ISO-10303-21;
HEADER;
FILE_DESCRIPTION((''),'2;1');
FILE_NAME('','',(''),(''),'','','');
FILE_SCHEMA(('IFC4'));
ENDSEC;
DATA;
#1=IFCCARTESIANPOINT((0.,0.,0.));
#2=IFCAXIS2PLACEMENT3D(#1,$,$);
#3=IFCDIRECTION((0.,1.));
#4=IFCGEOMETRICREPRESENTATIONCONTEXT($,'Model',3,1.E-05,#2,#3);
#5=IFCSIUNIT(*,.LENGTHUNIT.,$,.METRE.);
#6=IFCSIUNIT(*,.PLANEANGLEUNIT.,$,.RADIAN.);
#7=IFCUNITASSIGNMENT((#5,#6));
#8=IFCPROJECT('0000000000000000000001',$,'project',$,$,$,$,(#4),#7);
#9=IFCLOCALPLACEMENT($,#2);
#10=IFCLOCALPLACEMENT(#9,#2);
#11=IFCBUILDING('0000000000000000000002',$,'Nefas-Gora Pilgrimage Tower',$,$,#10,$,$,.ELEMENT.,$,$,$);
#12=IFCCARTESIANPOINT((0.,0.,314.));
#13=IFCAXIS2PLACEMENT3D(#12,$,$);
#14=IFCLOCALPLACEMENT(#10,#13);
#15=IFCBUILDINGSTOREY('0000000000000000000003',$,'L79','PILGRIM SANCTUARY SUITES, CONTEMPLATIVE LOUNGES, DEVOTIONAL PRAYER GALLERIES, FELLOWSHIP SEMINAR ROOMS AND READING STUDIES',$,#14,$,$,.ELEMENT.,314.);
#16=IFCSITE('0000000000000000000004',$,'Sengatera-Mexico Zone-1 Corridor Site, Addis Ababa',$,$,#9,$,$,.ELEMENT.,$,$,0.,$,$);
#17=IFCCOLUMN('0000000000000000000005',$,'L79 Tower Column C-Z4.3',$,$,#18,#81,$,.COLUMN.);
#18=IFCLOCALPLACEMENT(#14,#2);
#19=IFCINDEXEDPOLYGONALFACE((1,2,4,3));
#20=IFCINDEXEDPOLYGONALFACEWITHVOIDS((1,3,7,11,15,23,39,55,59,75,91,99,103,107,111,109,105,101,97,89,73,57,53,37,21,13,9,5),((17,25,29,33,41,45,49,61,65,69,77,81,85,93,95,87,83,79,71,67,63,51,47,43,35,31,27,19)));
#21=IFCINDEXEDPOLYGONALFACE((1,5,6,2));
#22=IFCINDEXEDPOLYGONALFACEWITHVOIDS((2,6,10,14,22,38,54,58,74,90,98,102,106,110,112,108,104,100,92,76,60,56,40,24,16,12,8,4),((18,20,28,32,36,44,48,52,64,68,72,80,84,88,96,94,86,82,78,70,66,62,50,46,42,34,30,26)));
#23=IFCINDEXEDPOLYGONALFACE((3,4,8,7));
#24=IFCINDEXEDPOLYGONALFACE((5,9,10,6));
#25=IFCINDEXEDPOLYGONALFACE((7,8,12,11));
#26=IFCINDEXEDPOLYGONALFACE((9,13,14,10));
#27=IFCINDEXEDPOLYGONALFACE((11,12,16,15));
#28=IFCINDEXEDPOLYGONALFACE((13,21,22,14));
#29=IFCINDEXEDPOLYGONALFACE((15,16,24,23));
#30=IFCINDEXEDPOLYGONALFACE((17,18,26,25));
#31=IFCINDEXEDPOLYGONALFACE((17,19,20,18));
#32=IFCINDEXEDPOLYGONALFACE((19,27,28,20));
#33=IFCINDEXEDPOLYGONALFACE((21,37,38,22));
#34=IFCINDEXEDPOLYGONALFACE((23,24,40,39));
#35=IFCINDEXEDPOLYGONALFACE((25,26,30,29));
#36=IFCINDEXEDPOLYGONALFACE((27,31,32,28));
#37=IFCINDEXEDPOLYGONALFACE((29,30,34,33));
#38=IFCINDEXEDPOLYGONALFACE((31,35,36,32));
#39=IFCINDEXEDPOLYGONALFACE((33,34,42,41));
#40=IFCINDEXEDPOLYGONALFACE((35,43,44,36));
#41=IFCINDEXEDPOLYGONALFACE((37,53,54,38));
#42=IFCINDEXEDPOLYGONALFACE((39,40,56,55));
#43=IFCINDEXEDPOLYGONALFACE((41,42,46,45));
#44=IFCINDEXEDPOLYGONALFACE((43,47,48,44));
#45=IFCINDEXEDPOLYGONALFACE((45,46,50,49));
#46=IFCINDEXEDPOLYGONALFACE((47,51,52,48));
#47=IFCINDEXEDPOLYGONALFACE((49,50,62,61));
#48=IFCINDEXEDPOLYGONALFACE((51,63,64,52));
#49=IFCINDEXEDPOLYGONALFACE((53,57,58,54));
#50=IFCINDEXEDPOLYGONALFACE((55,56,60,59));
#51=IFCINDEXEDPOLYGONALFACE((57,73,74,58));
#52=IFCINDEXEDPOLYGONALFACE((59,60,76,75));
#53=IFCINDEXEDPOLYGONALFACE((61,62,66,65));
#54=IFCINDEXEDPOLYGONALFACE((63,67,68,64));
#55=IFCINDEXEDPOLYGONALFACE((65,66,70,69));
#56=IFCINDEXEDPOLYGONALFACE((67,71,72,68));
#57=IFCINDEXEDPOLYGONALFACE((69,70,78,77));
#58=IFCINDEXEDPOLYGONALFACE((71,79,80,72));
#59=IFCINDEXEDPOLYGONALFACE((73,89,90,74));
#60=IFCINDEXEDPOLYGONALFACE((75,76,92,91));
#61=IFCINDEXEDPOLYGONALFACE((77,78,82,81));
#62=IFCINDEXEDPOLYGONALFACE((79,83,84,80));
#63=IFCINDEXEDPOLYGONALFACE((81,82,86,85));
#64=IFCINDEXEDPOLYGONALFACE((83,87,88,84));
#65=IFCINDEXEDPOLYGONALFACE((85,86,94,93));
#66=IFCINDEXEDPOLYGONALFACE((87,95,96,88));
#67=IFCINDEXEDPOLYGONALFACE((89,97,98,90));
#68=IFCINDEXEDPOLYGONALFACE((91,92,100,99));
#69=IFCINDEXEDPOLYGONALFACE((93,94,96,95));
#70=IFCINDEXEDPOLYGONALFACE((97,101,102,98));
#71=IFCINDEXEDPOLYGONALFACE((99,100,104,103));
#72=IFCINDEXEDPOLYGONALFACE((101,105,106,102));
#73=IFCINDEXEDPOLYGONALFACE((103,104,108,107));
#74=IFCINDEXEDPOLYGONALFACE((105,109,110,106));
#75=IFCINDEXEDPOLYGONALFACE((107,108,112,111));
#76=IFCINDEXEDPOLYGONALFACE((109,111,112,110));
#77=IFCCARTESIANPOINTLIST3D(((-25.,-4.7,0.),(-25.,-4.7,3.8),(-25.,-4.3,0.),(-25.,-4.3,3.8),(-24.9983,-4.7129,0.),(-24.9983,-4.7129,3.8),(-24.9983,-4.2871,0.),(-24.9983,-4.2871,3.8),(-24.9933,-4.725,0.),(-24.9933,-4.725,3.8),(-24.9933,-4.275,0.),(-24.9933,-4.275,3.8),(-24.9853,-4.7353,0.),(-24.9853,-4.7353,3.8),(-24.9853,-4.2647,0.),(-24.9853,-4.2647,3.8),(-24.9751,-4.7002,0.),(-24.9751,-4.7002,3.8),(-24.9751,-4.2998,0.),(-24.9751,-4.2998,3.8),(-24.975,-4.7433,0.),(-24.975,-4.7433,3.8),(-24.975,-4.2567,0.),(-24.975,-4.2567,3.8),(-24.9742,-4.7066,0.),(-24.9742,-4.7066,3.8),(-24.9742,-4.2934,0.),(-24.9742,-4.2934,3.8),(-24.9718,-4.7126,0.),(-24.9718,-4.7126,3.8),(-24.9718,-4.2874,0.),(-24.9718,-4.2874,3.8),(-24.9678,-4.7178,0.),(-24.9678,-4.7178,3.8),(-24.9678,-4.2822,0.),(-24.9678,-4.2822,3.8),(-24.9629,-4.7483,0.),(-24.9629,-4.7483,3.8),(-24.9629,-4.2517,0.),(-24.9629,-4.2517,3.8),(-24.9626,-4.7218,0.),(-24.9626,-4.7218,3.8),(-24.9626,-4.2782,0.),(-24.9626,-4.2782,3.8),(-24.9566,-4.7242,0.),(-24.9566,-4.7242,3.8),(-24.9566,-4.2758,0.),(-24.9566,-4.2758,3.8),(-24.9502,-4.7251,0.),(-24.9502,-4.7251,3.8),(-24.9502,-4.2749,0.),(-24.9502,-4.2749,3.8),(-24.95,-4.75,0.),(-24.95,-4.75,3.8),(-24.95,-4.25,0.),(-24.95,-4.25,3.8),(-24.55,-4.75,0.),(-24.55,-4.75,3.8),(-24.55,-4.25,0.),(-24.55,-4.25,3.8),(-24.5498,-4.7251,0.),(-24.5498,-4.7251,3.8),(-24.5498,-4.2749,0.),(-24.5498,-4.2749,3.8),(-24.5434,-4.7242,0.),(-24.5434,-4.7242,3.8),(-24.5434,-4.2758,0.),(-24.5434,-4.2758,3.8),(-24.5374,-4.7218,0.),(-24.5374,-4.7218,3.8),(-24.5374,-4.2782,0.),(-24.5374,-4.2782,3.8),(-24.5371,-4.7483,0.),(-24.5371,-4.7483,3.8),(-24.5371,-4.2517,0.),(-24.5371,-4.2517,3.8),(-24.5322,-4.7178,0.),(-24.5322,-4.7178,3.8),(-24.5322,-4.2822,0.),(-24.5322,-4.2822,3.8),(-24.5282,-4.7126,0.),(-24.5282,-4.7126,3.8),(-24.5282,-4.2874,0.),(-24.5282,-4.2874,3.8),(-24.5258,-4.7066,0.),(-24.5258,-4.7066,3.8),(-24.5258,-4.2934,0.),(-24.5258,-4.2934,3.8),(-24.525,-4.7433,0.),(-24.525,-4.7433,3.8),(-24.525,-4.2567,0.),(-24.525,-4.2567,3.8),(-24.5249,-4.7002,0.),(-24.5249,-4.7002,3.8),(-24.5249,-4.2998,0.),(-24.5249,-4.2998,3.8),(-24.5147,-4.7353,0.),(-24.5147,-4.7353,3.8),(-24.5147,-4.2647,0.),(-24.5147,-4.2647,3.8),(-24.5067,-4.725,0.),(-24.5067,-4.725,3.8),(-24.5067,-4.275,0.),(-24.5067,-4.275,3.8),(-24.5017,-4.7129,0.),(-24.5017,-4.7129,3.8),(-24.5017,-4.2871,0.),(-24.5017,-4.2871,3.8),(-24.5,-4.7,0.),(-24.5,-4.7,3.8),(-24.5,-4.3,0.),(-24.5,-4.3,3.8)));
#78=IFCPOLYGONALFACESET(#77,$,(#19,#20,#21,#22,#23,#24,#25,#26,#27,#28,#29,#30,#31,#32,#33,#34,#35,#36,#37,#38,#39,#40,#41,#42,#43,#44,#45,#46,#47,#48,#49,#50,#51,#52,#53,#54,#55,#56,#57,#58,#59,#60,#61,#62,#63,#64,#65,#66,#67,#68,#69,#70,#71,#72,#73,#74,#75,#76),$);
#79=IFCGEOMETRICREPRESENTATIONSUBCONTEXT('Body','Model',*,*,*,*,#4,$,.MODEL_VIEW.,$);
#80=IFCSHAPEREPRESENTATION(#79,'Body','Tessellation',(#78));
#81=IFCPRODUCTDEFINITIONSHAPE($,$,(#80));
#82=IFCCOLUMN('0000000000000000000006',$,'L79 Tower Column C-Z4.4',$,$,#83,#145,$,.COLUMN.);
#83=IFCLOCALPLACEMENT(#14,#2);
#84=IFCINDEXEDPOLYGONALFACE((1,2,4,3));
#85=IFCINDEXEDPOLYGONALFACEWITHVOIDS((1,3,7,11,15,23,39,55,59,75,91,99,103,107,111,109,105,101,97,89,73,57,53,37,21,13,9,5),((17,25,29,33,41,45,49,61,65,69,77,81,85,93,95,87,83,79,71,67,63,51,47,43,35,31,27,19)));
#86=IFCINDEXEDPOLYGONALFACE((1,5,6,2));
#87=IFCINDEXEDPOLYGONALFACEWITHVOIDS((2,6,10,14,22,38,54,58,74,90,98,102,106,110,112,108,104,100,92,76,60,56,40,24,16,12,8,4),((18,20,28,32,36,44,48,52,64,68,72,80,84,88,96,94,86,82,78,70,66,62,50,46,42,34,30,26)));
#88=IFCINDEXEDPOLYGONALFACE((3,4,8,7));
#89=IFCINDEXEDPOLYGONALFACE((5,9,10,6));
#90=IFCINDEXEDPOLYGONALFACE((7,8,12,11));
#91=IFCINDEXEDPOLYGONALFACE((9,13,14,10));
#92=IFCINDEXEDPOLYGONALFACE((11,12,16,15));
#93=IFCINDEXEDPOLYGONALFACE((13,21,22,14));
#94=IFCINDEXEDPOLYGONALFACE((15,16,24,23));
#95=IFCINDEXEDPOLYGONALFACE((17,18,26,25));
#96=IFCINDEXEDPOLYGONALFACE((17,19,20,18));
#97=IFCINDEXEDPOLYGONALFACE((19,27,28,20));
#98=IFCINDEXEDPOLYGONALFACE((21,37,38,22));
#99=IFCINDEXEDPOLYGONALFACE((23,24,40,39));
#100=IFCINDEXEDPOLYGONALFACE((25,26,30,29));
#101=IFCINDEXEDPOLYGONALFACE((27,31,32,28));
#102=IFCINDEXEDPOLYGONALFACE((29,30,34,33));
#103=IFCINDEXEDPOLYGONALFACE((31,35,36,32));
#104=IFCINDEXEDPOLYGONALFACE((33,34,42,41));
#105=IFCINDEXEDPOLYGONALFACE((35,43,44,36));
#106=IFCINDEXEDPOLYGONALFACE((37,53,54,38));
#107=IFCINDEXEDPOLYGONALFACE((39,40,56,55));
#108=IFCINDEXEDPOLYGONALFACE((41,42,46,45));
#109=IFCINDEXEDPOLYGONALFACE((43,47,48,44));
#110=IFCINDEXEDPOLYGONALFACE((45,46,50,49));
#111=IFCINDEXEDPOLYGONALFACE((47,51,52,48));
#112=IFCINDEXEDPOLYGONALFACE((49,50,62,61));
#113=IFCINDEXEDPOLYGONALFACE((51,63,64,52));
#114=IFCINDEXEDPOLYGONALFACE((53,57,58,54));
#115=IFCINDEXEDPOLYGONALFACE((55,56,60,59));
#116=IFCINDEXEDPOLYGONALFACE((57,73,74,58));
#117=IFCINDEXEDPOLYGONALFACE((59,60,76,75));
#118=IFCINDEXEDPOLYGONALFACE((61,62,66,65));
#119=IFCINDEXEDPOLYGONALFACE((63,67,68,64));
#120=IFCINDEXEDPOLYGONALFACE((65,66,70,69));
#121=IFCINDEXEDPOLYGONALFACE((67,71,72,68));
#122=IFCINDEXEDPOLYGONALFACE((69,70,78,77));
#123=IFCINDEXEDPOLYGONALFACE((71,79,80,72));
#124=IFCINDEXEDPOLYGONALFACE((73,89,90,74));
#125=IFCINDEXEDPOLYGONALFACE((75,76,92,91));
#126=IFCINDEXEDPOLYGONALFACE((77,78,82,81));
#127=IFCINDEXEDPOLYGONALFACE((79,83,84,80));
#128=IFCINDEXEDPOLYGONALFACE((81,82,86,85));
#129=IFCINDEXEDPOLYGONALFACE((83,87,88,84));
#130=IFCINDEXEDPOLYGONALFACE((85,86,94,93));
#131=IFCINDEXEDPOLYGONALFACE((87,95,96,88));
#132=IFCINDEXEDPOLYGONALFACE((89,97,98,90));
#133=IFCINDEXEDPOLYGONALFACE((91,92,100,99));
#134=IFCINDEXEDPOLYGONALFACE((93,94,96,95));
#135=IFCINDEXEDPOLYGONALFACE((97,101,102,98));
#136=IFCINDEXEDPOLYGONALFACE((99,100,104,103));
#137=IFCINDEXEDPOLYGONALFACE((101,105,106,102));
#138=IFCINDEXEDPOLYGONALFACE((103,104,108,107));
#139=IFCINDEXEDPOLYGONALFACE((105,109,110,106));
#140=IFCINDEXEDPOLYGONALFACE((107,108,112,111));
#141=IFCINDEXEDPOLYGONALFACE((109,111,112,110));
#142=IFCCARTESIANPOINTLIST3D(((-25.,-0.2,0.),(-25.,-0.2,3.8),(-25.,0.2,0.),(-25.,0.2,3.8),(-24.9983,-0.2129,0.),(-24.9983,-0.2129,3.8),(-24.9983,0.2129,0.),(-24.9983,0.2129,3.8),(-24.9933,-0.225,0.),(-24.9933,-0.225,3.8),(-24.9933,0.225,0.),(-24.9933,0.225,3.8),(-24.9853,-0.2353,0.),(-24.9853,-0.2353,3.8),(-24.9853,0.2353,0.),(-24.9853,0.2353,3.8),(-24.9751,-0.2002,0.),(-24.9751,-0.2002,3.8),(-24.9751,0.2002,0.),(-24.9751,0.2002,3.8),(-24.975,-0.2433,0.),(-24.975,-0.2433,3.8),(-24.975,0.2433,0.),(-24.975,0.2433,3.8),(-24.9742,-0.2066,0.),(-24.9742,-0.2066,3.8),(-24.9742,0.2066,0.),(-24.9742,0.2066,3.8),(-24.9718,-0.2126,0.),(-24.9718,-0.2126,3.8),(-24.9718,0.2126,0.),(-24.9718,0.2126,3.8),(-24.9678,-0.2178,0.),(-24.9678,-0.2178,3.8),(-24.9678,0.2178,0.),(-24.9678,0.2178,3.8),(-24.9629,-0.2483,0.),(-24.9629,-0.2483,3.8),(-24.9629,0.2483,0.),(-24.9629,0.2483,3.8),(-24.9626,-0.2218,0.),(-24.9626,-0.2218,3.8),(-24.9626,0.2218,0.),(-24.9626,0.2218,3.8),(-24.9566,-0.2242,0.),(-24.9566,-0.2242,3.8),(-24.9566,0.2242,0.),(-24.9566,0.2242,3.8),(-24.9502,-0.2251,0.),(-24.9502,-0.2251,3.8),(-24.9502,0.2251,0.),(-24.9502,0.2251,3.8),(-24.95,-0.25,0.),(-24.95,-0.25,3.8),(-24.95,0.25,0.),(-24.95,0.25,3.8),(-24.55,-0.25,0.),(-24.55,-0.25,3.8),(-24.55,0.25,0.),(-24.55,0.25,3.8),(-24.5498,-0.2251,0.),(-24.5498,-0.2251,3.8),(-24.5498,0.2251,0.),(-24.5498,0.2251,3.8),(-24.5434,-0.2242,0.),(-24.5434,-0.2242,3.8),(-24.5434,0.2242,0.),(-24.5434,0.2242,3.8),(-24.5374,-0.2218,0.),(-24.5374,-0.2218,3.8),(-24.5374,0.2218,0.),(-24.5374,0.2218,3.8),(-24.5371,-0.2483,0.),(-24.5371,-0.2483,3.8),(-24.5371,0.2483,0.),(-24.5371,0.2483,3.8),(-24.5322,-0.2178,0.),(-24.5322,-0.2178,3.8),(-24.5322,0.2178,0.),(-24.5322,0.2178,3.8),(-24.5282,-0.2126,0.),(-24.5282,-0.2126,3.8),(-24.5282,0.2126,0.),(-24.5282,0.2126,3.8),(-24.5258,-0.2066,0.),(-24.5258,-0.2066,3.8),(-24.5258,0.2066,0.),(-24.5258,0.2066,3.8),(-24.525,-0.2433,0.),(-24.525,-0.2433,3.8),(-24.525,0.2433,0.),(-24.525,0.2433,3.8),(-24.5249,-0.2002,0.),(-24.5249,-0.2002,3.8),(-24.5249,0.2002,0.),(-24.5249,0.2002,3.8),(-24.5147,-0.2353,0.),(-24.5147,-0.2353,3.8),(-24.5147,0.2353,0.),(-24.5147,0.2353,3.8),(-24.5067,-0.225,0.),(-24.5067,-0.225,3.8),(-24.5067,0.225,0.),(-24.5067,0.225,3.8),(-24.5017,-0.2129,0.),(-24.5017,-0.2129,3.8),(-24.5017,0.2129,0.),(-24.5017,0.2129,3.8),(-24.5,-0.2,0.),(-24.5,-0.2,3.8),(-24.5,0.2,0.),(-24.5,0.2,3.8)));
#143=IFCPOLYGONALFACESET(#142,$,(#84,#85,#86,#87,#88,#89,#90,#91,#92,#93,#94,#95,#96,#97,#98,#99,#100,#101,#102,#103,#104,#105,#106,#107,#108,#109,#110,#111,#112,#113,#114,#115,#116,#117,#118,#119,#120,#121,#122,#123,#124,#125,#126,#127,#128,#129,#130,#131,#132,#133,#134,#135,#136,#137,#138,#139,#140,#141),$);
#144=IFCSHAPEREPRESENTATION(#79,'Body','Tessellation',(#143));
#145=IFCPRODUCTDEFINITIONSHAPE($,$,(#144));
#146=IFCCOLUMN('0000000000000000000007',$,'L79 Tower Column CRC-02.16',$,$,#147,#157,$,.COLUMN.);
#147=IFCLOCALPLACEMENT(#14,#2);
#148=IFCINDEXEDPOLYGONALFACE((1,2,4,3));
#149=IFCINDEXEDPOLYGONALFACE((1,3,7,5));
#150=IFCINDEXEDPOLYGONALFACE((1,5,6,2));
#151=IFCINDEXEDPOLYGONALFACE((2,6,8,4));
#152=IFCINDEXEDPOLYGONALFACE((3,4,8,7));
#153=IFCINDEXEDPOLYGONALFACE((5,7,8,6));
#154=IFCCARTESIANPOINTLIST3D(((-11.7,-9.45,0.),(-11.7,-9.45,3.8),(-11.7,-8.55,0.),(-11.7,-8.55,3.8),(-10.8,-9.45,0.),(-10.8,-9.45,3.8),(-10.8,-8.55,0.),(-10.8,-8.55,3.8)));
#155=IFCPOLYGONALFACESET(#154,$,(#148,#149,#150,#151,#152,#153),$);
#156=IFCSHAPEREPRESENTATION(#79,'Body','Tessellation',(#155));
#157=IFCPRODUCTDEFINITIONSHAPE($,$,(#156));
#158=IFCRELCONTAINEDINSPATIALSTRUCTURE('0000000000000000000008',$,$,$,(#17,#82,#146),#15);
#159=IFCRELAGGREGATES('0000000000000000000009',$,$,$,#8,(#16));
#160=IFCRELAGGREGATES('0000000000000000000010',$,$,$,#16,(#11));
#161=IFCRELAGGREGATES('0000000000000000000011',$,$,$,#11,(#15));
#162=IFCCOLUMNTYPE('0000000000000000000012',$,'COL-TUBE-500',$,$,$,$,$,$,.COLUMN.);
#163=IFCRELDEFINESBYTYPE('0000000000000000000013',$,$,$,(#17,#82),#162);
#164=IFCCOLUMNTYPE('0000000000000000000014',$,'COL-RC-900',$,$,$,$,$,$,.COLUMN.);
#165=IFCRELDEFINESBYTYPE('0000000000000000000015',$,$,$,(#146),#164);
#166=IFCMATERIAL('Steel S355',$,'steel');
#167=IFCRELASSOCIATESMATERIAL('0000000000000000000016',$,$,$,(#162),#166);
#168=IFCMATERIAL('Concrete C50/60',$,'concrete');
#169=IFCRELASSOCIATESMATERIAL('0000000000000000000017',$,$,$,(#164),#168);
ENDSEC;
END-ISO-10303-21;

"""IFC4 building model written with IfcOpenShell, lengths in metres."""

from ifc_helpers import new_model, si_unit, direction, frame, origin, origin_2d, place, context, subcontext, project, spatial, rectangle, hollow_rectangle, extrude, source, transform, mapped, material, material_profile, profile_set, type_object, element, save


model = new_model("IFC4")

# Units and contexts
model_context = context("Model", 3, precision=1e-05, world=origin(), true_north=direction((0.0, 1.0)))
body_context = subcontext(model_context, "Body", "Model", "MODEL_VIEW")
ifc_project = project(units=[si_unit("LENGTHUNIT", "METRE"), si_unit("PLANEANGLEUNIT", "RADIAN")], contexts=[model_context])

# Site, building, storey
site_placement = place(None, origin())
site = spatial("IfcSite", under=ifc_project, at=site_placement, Name="Sengatera-Mexico Zone-1 Corridor Site, Addis Ababa", CompositionType="ELEMENT", RefElevation=0.0)
building_placement = place(site_placement, origin())
building = spatial("IfcBuilding", under=site, at=building_placement, Name="Nefas-Gora Pilgrimage Tower", CompositionType="ELEMENT")
storey_placement = place(building_placement, frame((0.0, 0.0, 314.0)))
storey = spatial("IfcBuildingStorey", under=building, at=storey_placement, Name="L79", Description="PILGRIM SANCTUARY SUITES, CONTEMPLATIVE LOUNGES, DEVOTIONAL PRAYER GALLERIES, FELLOWSHIP SEMINAR ROOMS AND READING STUDIES", CompositionType="ELEMENT", Elevation=314.0)

# Columns
ifc_material_1 = material(Name="Steel S355", Category="steel")
ifc_material_profile_1 = material_profile(ifc_material_1, hollow_rectangle(XDim=0.5, YDim=0.5, WallThickness=0.0249, InnerFilletRadius=0.0249, OuterFilletRadius=0.05, at=origin_2d()), Name="SHS 500x500x25")
ifc_profile_set_1 = profile_set([ifc_material_profile_1], Name="Steel S355")
column_type_1 = type_object("IfcColumnType", Name="COL-TUBE-500", PredefinedType="COLUMN", material=ifc_profile_set_1)
shared_shape_1 = source(origin(), body_context, "Body", "SweptSolid", [
    extrude(hollow_rectangle(XDim=0.5, YDim=0.5, WallThickness=0.0249, InnerFilletRadius=0.0249, OuterFilletRadius=0.05, at=origin_2d()), origin(), (0.0, 0.0, 1.0), 3.8),
])
for number, where, z_axis, x_axis, name in (
    (1, (-24.75, -4.5, 0.0), (0.0, 0.0, 1.0), (1.0, 0.0, 0.0), "L79 Tower Column C-Z4.3"),
    (2, (-24.75, 0.0, 0.0), (0.0, 0.0, 1.0), (1.0, 0.0, 0.0), "L79 Tower Column C-Z4.4"),
):
    element("IfcColumn", number, at=place(storey_placement, frame(where, z_axis=z_axis, x_axis=x_axis)), inside=storey, type_object=column_type_1, Name=name, PredefinedType="COLUMN", context=body_context, shape_type="MappedRepresentation", body=[
        mapped(shared_shape_1, transform((0.0, 0.0, 0.0), x_axis=(1.0, 0.0, 0.0), y_axis=(0.0, 1.0, 0.0), z_axis=(0.0, 0.0, 1.0), scale=1.0)),
    ])
ifc_material_2 = material(Name="Concrete C50/60", Category="concrete")
ifc_material_profile_2 = material_profile(ifc_material_2, rectangle(XDim=0.8999, YDim=0.8999, at=origin_2d()), Name="RC 900x900")
ifc_profile_set_2 = profile_set([ifc_material_profile_2], Name="Concrete C50/60")
column_type_2 = type_object("IfcColumnType", Name="COL-RC-900", PredefinedType="COLUMN", material=ifc_profile_set_2)
shared_shape_2 = source(origin(), body_context, "Body", "SweptSolid", [
    extrude(rectangle(XDim=0.8999, YDim=0.8999, at=origin_2d()), origin(), (0.0, 0.0, 1.0), 3.8),
])
column_placement = place(storey_placement, frame((-11.25, -9.0, 0.0), z_axis=(0.0, 0.0, 1.0), x_axis=(1.0, 0.0, 0.0)))
element("IfcColumn", 3, at=column_placement, inside=storey, type_object=column_type_2, Name="L79 Tower Column CRC-02.16", PredefinedType="COLUMN", context=body_context, shape_type="MappedRepresentation", body=[
    mapped(shared_shape_2, transform((0.0, 0.0, 0.0), x_axis=(1.0, 0.0, 0.0), y_axis=(0.0, 1.0, 0.0), z_axis=(0.0, 0.0, 1.0), scale=1.0)),
])

save(model, "model.ifc")
